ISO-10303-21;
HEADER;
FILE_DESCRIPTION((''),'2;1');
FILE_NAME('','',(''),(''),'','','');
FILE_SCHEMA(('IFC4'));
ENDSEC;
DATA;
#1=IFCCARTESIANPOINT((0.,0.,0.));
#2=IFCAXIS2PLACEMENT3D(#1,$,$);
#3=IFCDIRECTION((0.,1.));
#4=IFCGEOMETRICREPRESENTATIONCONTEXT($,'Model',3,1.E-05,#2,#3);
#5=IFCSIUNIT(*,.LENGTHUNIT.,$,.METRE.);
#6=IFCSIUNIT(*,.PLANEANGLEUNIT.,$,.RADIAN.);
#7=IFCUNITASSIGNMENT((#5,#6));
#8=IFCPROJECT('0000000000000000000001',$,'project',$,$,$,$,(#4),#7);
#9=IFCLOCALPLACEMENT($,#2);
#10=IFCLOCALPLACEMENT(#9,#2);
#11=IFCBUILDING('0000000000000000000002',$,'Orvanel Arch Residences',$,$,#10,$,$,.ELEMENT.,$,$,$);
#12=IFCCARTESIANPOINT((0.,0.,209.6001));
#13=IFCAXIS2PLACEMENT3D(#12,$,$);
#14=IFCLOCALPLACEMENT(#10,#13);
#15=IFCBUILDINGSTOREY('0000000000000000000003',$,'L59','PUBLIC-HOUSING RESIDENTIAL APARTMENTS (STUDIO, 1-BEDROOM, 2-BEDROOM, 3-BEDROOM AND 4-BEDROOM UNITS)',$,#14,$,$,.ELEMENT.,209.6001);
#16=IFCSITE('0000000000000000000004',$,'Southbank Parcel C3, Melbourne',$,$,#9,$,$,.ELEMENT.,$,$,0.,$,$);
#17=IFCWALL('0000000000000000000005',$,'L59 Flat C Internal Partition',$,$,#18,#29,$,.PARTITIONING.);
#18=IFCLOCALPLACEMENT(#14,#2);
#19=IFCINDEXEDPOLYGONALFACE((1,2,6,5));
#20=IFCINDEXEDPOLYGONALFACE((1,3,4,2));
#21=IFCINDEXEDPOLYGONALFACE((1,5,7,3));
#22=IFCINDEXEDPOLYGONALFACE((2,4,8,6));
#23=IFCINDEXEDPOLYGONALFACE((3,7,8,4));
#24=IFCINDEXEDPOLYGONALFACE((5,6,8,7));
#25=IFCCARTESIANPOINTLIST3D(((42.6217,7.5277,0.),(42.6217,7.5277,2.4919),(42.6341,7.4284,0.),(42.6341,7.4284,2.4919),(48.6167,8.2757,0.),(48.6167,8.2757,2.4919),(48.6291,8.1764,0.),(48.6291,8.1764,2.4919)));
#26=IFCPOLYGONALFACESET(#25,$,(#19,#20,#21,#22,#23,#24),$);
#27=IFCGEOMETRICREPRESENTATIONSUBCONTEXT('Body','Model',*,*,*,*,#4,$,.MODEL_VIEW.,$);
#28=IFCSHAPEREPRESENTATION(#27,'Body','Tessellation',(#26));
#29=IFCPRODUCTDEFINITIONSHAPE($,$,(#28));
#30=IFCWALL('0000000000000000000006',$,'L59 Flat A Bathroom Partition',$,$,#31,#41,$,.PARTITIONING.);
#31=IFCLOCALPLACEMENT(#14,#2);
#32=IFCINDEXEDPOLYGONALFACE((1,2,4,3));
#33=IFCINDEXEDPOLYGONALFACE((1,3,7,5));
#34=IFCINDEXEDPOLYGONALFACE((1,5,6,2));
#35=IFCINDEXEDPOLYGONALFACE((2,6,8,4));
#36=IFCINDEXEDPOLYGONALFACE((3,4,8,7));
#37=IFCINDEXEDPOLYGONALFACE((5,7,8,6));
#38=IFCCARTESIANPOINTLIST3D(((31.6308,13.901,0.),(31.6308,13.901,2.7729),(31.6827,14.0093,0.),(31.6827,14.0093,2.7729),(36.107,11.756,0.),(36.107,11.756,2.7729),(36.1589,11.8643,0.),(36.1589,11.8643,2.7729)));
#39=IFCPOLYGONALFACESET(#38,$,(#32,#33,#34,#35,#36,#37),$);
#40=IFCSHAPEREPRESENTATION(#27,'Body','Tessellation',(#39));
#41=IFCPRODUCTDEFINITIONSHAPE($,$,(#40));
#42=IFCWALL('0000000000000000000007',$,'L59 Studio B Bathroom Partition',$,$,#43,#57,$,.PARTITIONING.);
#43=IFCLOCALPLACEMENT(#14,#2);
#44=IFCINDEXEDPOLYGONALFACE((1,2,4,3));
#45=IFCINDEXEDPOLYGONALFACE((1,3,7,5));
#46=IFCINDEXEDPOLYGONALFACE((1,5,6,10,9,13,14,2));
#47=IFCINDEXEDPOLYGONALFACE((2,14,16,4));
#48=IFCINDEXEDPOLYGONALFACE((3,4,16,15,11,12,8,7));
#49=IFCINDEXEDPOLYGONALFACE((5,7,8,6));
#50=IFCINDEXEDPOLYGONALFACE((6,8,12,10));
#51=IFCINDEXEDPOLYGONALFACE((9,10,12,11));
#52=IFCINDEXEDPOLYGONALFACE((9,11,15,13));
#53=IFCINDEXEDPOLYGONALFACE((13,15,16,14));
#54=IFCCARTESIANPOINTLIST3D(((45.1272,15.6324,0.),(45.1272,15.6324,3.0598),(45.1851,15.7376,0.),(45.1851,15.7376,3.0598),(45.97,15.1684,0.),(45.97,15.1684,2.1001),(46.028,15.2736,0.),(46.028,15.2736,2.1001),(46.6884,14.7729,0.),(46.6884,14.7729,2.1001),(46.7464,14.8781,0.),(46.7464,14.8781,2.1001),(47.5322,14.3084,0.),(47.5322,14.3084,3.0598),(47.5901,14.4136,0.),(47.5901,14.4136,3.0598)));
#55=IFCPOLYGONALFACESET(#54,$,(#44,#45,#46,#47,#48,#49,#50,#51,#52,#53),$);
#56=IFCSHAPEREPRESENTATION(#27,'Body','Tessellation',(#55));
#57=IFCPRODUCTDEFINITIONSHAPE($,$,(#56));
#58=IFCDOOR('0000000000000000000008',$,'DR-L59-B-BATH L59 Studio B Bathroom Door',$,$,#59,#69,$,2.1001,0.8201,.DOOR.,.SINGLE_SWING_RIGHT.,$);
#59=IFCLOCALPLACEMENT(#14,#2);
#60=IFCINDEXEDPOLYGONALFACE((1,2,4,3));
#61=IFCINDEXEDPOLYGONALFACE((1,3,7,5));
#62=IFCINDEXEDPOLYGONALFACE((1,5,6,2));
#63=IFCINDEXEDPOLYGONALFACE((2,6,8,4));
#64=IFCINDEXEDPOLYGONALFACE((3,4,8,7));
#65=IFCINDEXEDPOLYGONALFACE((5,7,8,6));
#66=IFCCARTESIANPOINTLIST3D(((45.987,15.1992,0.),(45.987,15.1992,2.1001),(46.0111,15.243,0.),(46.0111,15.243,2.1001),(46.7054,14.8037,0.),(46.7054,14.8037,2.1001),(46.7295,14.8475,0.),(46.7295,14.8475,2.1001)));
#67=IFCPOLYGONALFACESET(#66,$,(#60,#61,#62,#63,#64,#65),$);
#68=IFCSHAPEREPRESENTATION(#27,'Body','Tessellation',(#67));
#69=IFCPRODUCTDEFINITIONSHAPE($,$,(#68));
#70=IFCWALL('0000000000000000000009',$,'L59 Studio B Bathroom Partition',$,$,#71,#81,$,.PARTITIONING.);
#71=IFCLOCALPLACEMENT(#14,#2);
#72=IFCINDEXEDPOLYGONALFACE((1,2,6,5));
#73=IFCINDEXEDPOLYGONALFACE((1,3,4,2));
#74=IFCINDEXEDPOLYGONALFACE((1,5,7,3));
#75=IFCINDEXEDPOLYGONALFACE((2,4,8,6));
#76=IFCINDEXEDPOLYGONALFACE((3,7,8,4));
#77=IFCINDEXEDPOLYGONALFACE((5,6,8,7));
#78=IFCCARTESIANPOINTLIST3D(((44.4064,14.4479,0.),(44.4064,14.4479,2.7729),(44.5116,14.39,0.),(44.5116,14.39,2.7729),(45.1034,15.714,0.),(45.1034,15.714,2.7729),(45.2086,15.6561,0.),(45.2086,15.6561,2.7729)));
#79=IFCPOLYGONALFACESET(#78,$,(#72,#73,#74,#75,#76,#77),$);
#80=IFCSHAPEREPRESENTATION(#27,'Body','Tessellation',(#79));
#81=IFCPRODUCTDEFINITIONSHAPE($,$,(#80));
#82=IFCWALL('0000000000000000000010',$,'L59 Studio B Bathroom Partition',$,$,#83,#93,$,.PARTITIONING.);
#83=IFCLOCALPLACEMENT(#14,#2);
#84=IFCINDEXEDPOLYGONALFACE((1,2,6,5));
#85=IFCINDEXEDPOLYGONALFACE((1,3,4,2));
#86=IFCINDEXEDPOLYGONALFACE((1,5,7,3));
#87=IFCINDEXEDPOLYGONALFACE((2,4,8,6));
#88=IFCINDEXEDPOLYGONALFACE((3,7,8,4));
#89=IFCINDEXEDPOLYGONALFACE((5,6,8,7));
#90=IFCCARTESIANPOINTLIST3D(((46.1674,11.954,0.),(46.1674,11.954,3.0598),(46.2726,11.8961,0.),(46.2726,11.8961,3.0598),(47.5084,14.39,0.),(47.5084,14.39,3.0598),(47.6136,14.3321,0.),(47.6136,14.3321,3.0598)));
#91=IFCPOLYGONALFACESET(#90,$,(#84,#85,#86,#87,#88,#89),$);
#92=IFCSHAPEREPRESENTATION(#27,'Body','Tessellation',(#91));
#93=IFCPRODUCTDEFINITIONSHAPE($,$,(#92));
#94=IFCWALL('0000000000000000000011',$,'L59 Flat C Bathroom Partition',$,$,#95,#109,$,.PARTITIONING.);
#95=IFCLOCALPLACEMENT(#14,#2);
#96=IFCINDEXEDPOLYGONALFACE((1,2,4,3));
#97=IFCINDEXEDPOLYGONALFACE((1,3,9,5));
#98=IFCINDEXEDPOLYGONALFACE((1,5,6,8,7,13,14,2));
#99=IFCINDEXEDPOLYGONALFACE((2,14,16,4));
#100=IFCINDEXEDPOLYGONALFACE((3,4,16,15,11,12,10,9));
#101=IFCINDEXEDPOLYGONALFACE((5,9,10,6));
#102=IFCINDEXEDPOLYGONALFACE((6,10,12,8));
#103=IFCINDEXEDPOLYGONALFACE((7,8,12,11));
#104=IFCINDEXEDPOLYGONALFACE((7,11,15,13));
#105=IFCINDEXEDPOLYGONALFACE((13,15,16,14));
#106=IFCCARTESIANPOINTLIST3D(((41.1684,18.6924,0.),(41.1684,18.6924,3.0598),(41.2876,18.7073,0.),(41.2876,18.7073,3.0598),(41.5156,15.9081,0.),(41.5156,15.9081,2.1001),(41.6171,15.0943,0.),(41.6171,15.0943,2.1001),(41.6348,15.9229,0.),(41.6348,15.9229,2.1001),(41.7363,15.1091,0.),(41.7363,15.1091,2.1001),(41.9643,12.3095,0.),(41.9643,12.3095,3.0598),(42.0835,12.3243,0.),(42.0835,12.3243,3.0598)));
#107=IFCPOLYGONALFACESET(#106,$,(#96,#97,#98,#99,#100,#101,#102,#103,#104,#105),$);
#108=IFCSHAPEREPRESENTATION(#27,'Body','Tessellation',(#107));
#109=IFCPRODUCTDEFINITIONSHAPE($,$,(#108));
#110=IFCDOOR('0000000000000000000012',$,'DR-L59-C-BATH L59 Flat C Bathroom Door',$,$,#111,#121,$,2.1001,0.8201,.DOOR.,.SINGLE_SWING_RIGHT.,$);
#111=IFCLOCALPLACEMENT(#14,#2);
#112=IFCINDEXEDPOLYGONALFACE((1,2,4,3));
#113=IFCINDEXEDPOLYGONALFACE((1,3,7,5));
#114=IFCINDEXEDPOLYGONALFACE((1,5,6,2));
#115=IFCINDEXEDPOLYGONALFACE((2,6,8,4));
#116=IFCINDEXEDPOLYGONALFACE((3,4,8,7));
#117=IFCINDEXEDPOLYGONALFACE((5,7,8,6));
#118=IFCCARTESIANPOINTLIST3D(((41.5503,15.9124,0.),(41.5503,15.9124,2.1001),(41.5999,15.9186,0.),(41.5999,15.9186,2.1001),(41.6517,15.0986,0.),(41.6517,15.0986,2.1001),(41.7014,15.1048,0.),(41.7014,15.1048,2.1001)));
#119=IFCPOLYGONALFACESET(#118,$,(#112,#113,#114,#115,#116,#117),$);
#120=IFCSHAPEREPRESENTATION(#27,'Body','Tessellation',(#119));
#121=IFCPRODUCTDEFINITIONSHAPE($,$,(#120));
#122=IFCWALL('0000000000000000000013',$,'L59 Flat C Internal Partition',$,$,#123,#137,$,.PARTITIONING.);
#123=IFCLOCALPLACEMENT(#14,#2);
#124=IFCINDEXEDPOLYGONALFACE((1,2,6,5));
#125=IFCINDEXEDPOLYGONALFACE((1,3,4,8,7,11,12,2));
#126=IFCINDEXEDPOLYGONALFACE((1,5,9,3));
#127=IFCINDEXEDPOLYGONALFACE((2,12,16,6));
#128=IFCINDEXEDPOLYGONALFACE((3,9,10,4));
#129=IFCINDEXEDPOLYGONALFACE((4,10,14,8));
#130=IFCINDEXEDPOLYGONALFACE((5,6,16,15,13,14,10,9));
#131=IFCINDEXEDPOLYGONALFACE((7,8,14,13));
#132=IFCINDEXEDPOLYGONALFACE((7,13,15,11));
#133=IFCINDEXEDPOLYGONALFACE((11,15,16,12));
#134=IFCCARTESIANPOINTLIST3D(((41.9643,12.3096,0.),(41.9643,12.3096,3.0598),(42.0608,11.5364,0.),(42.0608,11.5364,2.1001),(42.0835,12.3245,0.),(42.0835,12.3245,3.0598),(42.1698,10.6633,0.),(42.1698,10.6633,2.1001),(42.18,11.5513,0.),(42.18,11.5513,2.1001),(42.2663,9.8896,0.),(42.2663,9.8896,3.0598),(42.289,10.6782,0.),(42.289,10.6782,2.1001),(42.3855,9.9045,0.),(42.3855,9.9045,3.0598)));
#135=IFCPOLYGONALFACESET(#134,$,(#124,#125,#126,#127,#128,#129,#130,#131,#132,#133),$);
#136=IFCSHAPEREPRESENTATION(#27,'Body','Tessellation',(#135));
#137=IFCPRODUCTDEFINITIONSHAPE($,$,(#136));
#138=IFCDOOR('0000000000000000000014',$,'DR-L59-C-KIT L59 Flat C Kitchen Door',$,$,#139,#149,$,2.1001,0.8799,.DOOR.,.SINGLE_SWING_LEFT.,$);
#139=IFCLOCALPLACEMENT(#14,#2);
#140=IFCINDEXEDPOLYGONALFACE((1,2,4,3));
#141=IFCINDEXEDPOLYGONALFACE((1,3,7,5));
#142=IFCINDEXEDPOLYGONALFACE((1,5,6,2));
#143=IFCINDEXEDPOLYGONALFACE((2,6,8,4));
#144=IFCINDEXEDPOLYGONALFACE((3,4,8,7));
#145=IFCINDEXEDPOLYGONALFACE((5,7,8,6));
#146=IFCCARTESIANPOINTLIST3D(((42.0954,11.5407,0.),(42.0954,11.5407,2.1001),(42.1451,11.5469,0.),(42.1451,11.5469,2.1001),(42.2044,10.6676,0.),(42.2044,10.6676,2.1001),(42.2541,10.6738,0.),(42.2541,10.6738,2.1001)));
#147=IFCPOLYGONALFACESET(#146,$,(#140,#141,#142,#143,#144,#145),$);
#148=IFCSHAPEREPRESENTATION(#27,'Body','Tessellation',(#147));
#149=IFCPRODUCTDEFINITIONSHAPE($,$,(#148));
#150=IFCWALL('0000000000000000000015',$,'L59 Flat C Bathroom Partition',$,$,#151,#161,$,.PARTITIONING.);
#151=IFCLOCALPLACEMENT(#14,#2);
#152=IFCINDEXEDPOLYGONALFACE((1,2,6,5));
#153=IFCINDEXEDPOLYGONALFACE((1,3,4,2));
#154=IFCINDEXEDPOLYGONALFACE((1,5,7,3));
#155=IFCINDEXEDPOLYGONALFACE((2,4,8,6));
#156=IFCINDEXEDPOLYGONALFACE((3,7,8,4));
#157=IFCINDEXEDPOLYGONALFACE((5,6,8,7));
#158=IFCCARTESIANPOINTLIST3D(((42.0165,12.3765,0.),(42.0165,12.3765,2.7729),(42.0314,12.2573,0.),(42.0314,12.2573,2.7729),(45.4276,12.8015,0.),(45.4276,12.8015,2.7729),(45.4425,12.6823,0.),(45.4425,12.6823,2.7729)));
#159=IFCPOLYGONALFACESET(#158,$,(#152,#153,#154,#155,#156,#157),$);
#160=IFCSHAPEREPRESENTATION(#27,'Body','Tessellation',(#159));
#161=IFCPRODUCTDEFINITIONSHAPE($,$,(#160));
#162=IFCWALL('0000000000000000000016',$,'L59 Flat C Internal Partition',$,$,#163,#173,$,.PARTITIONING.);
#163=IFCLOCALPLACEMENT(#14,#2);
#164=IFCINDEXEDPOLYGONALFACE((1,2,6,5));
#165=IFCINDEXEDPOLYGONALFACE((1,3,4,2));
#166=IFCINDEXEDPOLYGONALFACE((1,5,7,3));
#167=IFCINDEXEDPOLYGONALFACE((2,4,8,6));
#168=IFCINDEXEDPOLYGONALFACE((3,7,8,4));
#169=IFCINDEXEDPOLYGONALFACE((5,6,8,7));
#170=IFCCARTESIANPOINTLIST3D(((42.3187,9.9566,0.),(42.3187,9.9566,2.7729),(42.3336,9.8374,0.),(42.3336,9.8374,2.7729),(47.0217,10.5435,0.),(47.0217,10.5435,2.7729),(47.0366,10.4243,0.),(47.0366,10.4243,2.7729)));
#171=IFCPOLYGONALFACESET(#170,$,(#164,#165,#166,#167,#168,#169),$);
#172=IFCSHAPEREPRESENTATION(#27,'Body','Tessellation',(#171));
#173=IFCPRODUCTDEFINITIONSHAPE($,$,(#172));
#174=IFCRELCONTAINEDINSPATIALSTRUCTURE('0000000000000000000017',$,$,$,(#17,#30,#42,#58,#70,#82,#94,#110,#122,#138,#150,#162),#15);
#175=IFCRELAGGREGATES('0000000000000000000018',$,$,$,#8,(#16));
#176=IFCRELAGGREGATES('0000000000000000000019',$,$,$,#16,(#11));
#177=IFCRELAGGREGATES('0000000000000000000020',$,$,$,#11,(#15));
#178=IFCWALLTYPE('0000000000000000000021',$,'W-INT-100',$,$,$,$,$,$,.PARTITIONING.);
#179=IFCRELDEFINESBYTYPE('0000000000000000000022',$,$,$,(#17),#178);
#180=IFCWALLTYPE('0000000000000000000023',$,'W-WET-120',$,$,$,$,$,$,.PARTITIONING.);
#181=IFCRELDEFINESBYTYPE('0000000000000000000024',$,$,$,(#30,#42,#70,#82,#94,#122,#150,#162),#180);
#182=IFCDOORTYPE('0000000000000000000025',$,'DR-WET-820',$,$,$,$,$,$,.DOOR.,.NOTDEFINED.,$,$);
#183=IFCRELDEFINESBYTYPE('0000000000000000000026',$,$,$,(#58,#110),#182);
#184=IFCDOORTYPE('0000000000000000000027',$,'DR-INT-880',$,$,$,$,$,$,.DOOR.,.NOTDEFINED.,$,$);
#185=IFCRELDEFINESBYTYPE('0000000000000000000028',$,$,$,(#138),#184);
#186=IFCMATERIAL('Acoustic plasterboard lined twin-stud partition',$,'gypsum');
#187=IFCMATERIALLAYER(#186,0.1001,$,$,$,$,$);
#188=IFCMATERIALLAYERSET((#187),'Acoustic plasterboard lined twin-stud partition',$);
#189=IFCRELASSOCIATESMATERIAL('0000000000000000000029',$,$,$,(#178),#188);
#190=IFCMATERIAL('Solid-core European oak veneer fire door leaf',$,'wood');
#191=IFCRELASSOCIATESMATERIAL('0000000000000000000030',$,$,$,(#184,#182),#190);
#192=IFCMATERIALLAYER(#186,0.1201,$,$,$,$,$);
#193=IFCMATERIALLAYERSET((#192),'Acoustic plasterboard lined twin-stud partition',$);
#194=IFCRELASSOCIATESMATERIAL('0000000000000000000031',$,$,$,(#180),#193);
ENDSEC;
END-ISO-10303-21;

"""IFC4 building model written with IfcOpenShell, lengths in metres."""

from ifc_helpers import new_model, si_unit, direction, frame, frame_2d, origin, place, context, subcontext, project, spatial, rectangle, extrude, material, layer, layer_set, type_object, element, fill, save


model = new_model("IFC4")

# Units and contexts
model_context = context("Model", 3, precision=1e-05, world=origin(), true_north=direction((0.0, 1.0)))
body_context = subcontext(model_context, "Body", "Model", "MODEL_VIEW")
ifc_project = project(units=[si_unit("LENGTHUNIT", "METRE"), si_unit("PLANEANGLEUNIT", "RADIAN")], contexts=[model_context])

# Site, building, storey
site_placement = place(None, origin())
site = spatial("IfcSite", under=ifc_project, at=site_placement, Name="Southbank Parcel C3, Melbourne", CompositionType="ELEMENT", RefElevation=0.0)
building_placement = place(site_placement, origin())
building = spatial("IfcBuilding", under=site, at=building_placement, Name="Orvanel Arch Residences", CompositionType="ELEMENT")
storey_placement = place(building_placement, frame((0.0, 0.0, 209.6001)))
storey = spatial("IfcBuildingStorey", under=building, at=storey_placement, Name="L59", Description="PUBLIC-HOUSING RESIDENTIAL APARTMENTS (STUDIO, 1-BEDROOM, 2-BEDROOM, 3-BEDROOM AND 4-BEDROOM UNITS)", CompositionType="ELEMENT", Elevation=209.6001)

# Shared definitions
ifc_material_1 = material(Name="Acoustic plasterboard lined twin-stud partition", Category="gypsum")
ifc_layer_1 = layer(ifc_material_1, 0.1001)
ifc_layer_set_1 = layer_set([ifc_layer_1], Name="Acoustic plasterboard lined twin-stud partition")
wall_type_1 = type_object("IfcWallType", Name="W-INT-100", PredefinedType="PARTITIONING", material=ifc_layer_set_1)

# Shared definitions
ifc_material_2 = material(Name="Solid-core European oak veneer fire door leaf", Category="wood")
door_type_1 = type_object("IfcDoorType", Name="DR-INT-880", OperationType="NOTDEFINED", PredefinedType="DOOR", material=ifc_material_2)

# Walls
wall_1_placement = place(storey_placement, frame((42.6279, 7.478, 0.0), z_axis=(0.0, 0.0, 1.0), x_axis=(0.992305, 0.123816, 0.0)))
element("IfcWall", 1, at=wall_1_placement, inside=storey, type_object=wall_type_1, Name="L59 Flat C Internal Partition", PredefinedType="PARTITIONING", context=body_context, shape_type="SweptSolid", body=[
    extrude(rectangle(XDim=6.0415, YDim=0.1001, at=frame_2d((3.0208, 0.0))), origin(), (0.0, 0.0, 1.0), 2.4919),
])
ifc_layer_2 = layer(ifc_material_1, 0.1201)
ifc_layer_set_2 = layer_set([ifc_layer_2], Name="Acoustic plasterboard lined twin-stud partition")
wall_type_2 = type_object("IfcWallType", Name="W-WET-120", PredefinedType="PARTITIONING", material=ifc_layer_set_2)
wall_2_placement = place(storey_placement, frame((36.1331, 11.8101, 0.0), z_axis=(0.0, 0.0, 1.0), x_axis=(-0.901798, 0.432159, 0.0)))
element("IfcWall", 2, at=wall_2_placement, inside=storey, type_object=wall_type_2, Name="L59 Flat A Bathroom Partition", PredefinedType="PARTITIONING", context=body_context, shape_type="SweptSolid", body=[
    extrude(rectangle(XDim=4.9636, YDim=0.1201, at=frame_2d((2.4819, 0.0))), origin(), (0.0, 0.0, 1.0), 2.7729),
])

# Wall, opening, door
wall_3_placement = place(storey_placement, frame((47.561, 14.3611, 0.0), z_axis=(0.0, 0.0, 1.0), x_axis=(-0.87603, 0.482257, 0.0)))
wall_3 = element("IfcWall", 3, at=wall_3_placement, inside=storey, type_object=wall_type_2, Name="L59 Studio B Bathroom Partition", PredefinedType="PARTITIONING", context=body_context, shape_type="SweptSolid", body=[
    extrude(rectangle(XDim=2.7454, YDim=0.1201, at=frame_2d((1.3726, 0.0))), origin(), (0.0, 0.0, 1.0), 3.0598),
])
opening_1_placement = place(wall_3_placement, frame((0.9629, 0.0, 0.0)))
opening_1 = element("IfcOpeningElement", 4, at=opening_1_placement, cuts=wall_3, PredefinedType="OPENING", context=body_context, shape_type="SweptSolid", body=[
    extrude(rectangle(XDim=0.8201, YDim=2.1001, at=frame_2d((0.4102, 1.05))), frame((0.0, 0.0701, 0.0), z_axis=(0.0, -1.0, 0.0), x_axis=(1.0, 0.0, 0.0)), (0.0, 0.0, 1.0), 0.1401),
])
door_type_2 = type_object("IfcDoorType", Name="DR-WET-820", OperationType="NOTDEFINED", PredefinedType="DOOR", material=ifc_material_2)
door_1_placement = place(opening_1_placement, origin())
door_1 = element("IfcDoor", 5, at=door_1_placement, inside=storey, type_object=door_type_2, Name="DR-L59-B-BATH L59 Studio B Bathroom Door", OperationType="SINGLE_SWING_RIGHT", OverallHeight=2.1001, OverallWidth=0.8201, PredefinedType="DOOR", context=body_context, shape_type="SweptSolid", body=[
    extrude(rectangle(XDim=0.8201, YDim=2.1001, at=frame_2d((0.4102, 1.05))), frame((0.0, 0.0249, 0.0), z_axis=(0.0, -1.0, 0.0), x_axis=(1.0, 0.0, 0.0)), (0.0, 0.0, 1.0), 0.05),
])
fill(opening_1, door_1)

# Walls
wall_4_placement = place(storey_placement, frame((45.156, 15.6851, 0.0), z_axis=(0.0, 0.0, 1.0), x_axis=(-0.482269, -0.876023, 0.0)))
element("IfcWall", 6, at=wall_4_placement, inside=storey, type_object=wall_type_2, Name="L59 Studio B Bathroom Partition", PredefinedType="PARTITIONING", context=body_context, shape_type="SweptSolid", body=[
    extrude(rectangle(XDim=1.4453, YDim=0.1201, at=frame_2d((0.7227, 0.0))), origin(), (0.0, 0.0, 1.0), 2.7729),
])
wall_5_placement = place(storey_placement, frame((47.561, 14.3611, 0.0), z_axis=(0.0, 0.0, 1.0), x_axis=(-0.482262, -0.876027, 0.0)))
element("IfcWall", 7, at=wall_5_placement, inside=storey, type_object=wall_type_2, Name="L59 Studio B Bathroom Partition", PredefinedType="PARTITIONING", context=body_context, shape_type="SweptSolid", body=[
    extrude(rectangle(XDim=2.7808, YDim=0.1201, at=frame_2d((1.3904, 0.0))), origin(), (0.0, 0.0, 1.0), 3.0598),
])

# Walls, openings, doors
wall_6_placement = place(storey_placement, frame((41.228, 18.7, 0.0), z_axis=(0.0, 0.0, 1.0), x_axis=(0.123731, -0.992316, 0.0)))
wall_6 = element("IfcWall", 8, at=wall_6_placement, inside=storey, type_object=wall_type_2, Name="L59 Flat C Bathroom Partition", PredefinedType="PARTITIONING", context=body_context, shape_type="SweptSolid", body=[
    extrude(rectangle(XDim=6.4324, YDim=0.1201, at=frame_2d((3.2163, 0.0))), origin(), (0.0, 0.0, 1.0), 3.0598),
])
opening_2_placement = place(wall_6_placement, frame((2.8059, 0.0, 0.0)))
opening_2 = element("IfcOpeningElement", 9, at=opening_2_placement, cuts=wall_6, PredefinedType="OPENING", context=body_context, shape_type="SweptSolid", body=[
    extrude(rectangle(XDim=0.8201, YDim=2.1001, at=frame_2d((0.4102, 1.05))), frame((0.0, 0.0701, 0.0), z_axis=(0.0, -1.0, 0.0), x_axis=(1.0, 0.0, 0.0)), (0.0, 0.0, 1.0), 0.1401),
])
door_2_placement = place(opening_2_placement, origin())
door_2 = element("IfcDoor", 10, at=door_2_placement, inside=storey, type_object=door_type_2, Name="DR-L59-C-BATH L59 Flat C Bathroom Door", OperationType="SINGLE_SWING_RIGHT", OverallHeight=2.1001, OverallWidth=0.8201, PredefinedType="DOOR", context=body_context, shape_type="SweptSolid", body=[
    extrude(rectangle(XDim=0.8201, YDim=2.1001, at=frame_2d((0.4102, 1.05))), frame((0.0, 0.0249, 0.0), z_axis=(0.0, -1.0, 0.0), x_axis=(1.0, 0.0, 0.0)), (0.0, 0.0, 1.0), 0.05),
])
fill(opening_2, door_2)
wall_7_placement = place(storey_placement, frame((42.0239, 12.3169, 0.0), z_axis=(0.0, 0.0, 1.0), x_axis=(0.123838, -0.992302, 0.0)))
wall_7 = element("IfcWall", 11, at=wall_7_placement, inside=storey, type_object=wall_type_2, Name="L59 Flat C Internal Partition", PredefinedType="PARTITIONING", context=body_context, shape_type="SweptSolid", body=[
    extrude(rectangle(XDim=2.4387, YDim=0.1201, at=frame_2d((1.2192, 0.0))), origin(), (0.0, 0.0, 1.0), 3.0598),
])
opening_3_placement = place(wall_7_placement, frame((0.7791, 0.0, 0.0)))
opening_3 = element("IfcOpeningElement", 12, at=opening_3_placement, cuts=wall_7, PredefinedType="OPENING", context=body_context, shape_type="SweptSolid", body=[
    extrude(rectangle(XDim=0.8799, YDim=2.1001, at=frame_2d((0.4399, 1.05))), frame((0.0, 0.0701, 0.0), z_axis=(0.0, -1.0, 0.0), x_axis=(1.0, 0.0, 0.0)), (0.0, 0.0, 1.0), 0.1401),
])
door_3_placement = place(opening_3_placement, origin())
door_3 = element("IfcDoor", 13, at=door_3_placement, inside=storey, type_object=door_type_1, Name="DR-L59-C-KIT L59 Flat C Kitchen Door", OperationType="SINGLE_SWING_LEFT", OverallHeight=2.1001, OverallWidth=0.8799, PredefinedType="DOOR", context=body_context, shape_type="SweptSolid", body=[
    extrude(rectangle(XDim=0.8799, YDim=2.1001, at=frame_2d((0.4399, 1.05))), frame((0.0, 0.0249, 0.0), z_axis=(0.0, -1.0, 0.0), x_axis=(1.0, 0.0, 0.0)), (0.0, 0.0, 1.0), 0.05),
])
fill(opening_3, door_3)

# Walls
wall_8_placement = place(storey_placement, frame((45.4351, 12.7419, 0.0), z_axis=(0.0, 0.0, 1.0), x_axis=(-0.992326, -0.12365, 0.0)))
element("IfcWall", 14, at=wall_8_placement, inside=storey, type_object=wall_type_2, Name="L59 Flat C Bathroom Partition", PredefinedType="PARTITIONING", context=body_context, shape_type="SweptSolid", body=[
    extrude(rectangle(XDim=3.4375, YDim=0.1201, at=frame_2d((1.7188, 0.0))), origin(), (0.0, 0.0, 1.0), 2.7729),
])
wall_9_placement = place(storey_placement, frame((47.0291, 10.4839, 0.0), z_axis=(0.0, 0.0, 1.0), x_axis=(-0.992303, -0.123832, 0.0)))
element("IfcWall", 15, at=wall_9_placement, inside=storey, type_object=wall_type_2, Name="L59 Flat C Internal Partition", PredefinedType="PARTITIONING", context=body_context, shape_type="SweptSolid", body=[
    extrude(rectangle(XDim=4.7395, YDim=0.1201, at=frame_2d((2.3696, 0.0))), origin(), (0.0, 0.0, 1.0), 2.7729),
])

save(model, "model.ifc")
